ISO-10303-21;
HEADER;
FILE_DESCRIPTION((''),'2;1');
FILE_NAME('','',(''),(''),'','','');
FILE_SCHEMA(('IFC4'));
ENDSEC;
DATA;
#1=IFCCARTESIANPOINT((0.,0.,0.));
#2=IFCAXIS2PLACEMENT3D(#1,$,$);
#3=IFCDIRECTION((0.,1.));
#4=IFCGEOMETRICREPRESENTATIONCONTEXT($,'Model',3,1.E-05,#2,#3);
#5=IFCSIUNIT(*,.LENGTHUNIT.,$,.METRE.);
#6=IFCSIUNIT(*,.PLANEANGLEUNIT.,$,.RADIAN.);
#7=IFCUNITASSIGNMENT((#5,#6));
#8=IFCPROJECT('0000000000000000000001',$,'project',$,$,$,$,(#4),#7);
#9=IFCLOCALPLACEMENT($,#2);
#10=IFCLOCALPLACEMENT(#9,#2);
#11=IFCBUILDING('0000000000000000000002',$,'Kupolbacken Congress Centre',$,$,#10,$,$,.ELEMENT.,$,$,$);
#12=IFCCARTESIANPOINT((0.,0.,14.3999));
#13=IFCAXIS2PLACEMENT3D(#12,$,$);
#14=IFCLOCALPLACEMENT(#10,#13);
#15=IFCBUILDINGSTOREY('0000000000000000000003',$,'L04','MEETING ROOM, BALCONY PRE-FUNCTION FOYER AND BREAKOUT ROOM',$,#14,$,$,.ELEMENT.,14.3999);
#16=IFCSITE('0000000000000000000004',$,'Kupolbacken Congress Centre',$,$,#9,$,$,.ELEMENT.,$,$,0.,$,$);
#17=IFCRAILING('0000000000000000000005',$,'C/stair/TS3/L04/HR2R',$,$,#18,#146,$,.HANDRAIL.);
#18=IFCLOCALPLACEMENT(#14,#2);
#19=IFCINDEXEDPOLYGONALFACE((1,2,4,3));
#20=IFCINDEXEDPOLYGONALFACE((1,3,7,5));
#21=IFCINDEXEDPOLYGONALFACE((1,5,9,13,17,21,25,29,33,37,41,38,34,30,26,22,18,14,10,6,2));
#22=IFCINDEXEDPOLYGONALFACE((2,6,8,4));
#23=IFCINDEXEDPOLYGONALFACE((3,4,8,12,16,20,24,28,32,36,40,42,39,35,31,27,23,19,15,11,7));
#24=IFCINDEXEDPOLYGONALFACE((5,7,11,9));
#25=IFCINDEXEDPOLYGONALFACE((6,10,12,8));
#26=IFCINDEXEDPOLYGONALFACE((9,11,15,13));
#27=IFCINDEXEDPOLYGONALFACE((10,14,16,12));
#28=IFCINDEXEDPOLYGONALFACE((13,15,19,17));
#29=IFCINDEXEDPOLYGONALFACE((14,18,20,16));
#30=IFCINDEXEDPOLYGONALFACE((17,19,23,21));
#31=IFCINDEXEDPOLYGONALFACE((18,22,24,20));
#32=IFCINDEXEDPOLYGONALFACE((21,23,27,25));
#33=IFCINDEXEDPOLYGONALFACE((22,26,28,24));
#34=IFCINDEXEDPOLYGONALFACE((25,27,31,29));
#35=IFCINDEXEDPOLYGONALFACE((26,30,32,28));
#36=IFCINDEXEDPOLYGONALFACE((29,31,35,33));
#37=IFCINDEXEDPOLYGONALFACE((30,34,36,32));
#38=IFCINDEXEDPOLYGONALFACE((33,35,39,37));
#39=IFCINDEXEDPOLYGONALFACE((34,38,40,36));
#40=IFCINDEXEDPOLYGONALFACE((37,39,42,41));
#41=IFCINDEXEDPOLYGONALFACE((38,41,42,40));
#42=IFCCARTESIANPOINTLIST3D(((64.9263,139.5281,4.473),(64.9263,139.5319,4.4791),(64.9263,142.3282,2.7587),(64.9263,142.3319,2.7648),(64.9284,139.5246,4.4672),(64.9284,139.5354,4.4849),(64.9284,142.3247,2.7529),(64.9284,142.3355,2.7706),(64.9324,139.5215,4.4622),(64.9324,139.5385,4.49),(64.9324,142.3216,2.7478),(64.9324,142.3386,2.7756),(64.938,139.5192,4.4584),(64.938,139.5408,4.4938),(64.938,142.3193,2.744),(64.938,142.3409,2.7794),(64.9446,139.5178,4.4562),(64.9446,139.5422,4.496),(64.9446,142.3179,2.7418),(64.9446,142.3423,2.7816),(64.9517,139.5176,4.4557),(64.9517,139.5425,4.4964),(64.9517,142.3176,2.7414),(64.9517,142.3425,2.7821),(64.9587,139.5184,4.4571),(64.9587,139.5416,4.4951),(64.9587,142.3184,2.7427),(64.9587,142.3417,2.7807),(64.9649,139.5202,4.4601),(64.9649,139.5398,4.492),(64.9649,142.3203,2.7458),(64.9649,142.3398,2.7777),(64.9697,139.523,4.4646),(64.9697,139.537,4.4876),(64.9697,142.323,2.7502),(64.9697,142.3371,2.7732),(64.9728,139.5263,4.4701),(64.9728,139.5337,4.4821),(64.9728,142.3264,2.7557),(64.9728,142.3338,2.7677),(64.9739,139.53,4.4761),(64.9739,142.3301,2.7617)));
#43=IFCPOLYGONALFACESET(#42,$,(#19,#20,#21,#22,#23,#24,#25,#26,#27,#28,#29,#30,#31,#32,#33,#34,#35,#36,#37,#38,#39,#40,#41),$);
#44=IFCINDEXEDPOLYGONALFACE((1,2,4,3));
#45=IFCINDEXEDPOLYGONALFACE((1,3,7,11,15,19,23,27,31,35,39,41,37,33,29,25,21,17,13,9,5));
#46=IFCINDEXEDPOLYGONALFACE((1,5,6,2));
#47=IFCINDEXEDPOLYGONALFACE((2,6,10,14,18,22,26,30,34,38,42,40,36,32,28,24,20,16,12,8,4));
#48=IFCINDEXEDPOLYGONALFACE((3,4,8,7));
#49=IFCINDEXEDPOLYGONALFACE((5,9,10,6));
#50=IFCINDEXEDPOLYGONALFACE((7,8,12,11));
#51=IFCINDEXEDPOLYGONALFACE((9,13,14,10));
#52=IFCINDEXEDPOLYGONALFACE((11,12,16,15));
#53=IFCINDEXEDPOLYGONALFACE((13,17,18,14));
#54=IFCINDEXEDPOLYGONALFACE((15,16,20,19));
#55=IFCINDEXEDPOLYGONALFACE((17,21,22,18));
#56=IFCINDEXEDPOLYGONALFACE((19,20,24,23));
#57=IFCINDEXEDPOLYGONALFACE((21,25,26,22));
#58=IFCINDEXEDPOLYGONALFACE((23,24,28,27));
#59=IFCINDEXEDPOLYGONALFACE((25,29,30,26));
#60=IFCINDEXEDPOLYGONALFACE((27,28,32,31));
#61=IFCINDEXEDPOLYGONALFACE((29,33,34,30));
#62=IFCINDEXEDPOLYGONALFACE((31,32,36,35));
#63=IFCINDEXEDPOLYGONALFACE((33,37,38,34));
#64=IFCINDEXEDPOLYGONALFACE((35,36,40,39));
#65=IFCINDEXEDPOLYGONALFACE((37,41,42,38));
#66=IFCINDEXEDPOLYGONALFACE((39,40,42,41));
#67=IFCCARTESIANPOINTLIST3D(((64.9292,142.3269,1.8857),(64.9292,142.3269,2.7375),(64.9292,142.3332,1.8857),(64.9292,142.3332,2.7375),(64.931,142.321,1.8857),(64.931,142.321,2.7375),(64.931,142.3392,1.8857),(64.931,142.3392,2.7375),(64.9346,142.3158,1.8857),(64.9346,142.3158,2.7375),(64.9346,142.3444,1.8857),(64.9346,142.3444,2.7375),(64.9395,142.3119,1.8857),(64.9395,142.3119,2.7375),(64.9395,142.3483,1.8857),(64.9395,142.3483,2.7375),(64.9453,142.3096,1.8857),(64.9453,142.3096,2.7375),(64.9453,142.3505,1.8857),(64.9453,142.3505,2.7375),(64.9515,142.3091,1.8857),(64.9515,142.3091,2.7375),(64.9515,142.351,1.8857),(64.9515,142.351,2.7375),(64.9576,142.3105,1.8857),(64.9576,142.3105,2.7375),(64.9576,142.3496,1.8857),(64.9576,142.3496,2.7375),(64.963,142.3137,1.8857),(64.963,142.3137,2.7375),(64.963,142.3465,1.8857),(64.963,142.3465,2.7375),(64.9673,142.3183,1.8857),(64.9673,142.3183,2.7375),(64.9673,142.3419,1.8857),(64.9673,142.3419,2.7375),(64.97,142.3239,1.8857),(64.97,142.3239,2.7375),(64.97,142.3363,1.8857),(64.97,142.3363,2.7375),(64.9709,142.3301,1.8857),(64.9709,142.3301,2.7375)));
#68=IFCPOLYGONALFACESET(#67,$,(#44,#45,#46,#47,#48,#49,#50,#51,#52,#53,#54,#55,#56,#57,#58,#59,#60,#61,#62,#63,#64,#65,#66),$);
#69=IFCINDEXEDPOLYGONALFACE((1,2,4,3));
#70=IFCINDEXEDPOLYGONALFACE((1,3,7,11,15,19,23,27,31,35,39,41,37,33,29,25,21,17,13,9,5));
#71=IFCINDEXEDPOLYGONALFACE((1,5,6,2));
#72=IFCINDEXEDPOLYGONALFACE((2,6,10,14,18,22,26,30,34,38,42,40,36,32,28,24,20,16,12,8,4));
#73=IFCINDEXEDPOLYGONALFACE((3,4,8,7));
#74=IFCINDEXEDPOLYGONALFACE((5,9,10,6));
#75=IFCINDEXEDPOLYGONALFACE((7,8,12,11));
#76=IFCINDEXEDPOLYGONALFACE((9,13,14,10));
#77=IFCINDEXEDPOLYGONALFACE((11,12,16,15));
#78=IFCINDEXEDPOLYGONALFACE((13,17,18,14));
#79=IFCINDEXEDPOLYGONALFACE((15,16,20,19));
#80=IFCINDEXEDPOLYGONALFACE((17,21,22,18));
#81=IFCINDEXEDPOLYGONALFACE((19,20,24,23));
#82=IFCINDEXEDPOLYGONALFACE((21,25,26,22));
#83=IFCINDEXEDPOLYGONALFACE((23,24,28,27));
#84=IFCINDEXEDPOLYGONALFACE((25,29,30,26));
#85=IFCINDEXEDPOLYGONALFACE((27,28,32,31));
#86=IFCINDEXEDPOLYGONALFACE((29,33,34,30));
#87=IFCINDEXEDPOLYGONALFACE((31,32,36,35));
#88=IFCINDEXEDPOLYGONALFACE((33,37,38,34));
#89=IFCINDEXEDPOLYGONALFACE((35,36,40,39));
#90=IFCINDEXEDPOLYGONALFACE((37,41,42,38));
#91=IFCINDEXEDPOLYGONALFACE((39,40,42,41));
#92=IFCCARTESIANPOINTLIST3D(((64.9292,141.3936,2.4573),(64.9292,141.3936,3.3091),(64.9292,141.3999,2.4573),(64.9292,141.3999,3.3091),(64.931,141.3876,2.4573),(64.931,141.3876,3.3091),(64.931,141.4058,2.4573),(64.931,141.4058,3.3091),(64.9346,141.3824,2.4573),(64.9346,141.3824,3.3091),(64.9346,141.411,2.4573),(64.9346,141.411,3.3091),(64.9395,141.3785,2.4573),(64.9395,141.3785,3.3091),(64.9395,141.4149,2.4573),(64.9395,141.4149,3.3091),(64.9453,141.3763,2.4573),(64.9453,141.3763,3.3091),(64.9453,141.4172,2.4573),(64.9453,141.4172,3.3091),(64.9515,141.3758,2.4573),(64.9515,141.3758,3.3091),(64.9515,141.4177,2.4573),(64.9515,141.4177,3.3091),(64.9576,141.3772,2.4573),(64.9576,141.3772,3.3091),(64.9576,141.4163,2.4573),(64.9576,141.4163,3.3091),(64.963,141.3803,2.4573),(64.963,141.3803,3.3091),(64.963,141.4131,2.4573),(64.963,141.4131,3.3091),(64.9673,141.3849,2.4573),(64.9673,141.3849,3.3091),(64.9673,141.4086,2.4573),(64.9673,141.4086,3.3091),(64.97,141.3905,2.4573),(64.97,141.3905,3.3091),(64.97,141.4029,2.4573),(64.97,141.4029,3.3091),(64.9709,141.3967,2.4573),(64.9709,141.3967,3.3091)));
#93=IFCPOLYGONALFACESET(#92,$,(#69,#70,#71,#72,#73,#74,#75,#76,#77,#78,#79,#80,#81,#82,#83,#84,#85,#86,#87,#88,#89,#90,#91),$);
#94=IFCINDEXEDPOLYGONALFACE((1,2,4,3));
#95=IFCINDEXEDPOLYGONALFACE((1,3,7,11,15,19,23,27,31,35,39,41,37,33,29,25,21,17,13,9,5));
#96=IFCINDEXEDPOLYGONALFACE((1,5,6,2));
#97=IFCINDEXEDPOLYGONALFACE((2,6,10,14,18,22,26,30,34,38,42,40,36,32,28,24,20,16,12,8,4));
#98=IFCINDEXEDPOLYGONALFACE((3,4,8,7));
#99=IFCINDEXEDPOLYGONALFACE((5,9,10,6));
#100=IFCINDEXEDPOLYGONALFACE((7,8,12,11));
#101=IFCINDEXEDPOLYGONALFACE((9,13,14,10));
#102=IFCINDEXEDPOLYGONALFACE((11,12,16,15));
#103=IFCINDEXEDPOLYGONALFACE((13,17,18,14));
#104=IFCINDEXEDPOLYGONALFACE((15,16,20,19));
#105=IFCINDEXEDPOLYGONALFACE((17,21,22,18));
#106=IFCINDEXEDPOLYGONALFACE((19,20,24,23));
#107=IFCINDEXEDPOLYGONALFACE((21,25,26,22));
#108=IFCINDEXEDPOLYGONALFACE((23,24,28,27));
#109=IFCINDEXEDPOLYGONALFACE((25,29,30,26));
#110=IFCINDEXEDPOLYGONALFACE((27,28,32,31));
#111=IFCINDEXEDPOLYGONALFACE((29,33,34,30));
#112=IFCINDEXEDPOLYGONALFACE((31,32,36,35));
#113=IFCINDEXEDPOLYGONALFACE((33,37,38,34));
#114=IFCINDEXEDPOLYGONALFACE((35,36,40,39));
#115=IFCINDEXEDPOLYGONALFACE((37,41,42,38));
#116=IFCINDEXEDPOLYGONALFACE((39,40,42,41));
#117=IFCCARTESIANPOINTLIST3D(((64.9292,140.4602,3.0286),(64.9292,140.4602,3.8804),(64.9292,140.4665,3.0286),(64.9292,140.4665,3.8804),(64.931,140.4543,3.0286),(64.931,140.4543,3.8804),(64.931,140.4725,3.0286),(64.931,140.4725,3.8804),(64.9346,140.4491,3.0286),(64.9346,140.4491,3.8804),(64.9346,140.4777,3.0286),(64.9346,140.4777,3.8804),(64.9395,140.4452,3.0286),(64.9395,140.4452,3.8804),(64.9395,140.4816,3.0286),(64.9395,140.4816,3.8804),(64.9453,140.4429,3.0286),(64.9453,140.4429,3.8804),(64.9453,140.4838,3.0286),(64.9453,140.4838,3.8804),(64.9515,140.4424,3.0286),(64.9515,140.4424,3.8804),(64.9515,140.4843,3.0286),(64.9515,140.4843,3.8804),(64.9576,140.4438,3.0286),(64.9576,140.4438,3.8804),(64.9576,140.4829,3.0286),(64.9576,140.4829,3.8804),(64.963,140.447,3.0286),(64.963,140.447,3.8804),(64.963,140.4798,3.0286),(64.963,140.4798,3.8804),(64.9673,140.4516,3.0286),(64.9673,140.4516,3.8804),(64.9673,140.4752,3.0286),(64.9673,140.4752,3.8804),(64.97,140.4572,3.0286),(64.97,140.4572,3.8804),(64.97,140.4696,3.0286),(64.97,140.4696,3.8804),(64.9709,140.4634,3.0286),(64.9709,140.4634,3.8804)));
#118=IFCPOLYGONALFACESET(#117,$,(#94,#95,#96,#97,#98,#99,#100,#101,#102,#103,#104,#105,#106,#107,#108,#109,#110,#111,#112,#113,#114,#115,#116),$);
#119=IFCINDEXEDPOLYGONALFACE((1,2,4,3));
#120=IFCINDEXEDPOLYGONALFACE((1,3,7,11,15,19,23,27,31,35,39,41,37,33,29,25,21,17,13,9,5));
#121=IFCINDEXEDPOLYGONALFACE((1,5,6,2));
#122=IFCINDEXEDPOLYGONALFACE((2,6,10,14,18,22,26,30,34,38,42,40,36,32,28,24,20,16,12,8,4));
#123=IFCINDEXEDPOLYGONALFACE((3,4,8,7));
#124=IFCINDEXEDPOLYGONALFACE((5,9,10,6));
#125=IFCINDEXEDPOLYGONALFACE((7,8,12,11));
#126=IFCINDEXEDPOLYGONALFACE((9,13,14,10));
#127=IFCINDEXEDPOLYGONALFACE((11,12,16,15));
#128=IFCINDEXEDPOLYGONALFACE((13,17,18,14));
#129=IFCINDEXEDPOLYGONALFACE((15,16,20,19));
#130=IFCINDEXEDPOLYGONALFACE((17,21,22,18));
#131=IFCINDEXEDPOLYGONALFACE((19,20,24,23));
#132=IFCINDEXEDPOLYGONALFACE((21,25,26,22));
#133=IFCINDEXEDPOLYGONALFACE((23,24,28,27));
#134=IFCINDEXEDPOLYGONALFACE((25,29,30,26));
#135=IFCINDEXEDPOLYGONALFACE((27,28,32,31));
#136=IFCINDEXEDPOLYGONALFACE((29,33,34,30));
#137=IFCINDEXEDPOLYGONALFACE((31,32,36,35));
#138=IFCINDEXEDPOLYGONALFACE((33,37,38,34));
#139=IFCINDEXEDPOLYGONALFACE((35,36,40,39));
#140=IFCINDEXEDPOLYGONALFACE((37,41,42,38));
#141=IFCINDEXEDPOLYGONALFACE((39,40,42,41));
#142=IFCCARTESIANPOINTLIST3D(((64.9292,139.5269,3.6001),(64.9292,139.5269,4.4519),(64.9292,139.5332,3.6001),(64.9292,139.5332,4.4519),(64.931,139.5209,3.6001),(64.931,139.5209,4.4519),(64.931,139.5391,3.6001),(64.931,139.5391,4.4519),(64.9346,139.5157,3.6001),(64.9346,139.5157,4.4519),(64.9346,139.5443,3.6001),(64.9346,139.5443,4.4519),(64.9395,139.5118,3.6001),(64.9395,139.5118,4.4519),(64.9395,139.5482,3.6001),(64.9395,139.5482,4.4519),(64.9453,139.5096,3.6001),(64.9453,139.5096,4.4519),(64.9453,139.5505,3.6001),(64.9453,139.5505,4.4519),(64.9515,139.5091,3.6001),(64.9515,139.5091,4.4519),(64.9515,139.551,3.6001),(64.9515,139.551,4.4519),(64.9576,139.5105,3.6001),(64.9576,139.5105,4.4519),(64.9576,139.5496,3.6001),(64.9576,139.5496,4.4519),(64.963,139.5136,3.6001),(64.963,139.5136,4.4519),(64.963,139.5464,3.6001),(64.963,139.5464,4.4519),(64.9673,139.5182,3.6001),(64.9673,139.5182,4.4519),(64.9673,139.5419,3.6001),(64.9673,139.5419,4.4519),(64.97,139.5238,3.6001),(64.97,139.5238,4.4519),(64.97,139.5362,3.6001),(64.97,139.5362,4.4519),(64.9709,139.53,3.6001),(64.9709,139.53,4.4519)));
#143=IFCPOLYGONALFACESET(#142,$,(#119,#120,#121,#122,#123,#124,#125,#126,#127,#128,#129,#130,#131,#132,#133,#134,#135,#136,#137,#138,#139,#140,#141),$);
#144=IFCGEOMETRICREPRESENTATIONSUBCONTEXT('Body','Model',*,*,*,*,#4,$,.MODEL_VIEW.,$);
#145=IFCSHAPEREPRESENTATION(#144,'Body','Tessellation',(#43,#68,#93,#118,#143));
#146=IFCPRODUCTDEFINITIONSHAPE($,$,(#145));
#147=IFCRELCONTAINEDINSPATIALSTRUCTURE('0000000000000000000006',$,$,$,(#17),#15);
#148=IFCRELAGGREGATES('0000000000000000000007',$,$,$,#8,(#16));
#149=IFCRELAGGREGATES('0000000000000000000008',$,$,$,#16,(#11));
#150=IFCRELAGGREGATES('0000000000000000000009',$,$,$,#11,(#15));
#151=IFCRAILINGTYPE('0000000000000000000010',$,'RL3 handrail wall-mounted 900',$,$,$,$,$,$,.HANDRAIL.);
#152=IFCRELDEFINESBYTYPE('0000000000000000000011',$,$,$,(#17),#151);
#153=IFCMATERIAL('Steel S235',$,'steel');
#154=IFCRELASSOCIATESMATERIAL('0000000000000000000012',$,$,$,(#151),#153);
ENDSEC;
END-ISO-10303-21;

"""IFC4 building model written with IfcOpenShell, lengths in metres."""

from ifc_helpers import new_model, si_unit, direction, frame, origin, origin_2d, place, context, subcontext, project, spatial, circle, extrude, material, type_object, element, save


model = new_model("IFC4")

# Units and contexts
model_context = context("Model", 3, precision=1e-05, world=origin(), true_north=direction((0.0, 1.0)))
body_context = subcontext(model_context, "Body", "Model", "MODEL_VIEW")
ifc_project = project(units=[si_unit("LENGTHUNIT", "METRE"), si_unit("PLANEANGLEUNIT", "RADIAN")], contexts=[model_context])

# Site, building, storey
site_placement = place(None, origin())
site = spatial("IfcSite", under=ifc_project, at=site_placement, Name="Kupolbacken Congress Centre", CompositionType="ELEMENT", RefElevation=0.0)
building_placement = place(site_placement, origin())
building = spatial("IfcBuilding", under=site, at=building_placement, Name="Kupolbacken Congress Centre", CompositionType="ELEMENT")
storey_placement = place(building_placement, frame((0.0, 0.0, 14.3999)))
storey = spatial("IfcBuildingStorey", under=building, at=storey_placement, Name="L04", Description="MEETING ROOM, BALCONY PRE-FUNCTION FOYER AND BREAKOUT ROOM", CompositionType="ELEMENT", Elevation=14.3999)

# Railing
ifc_material_1 = material(Name="Steel S235", Category="steel")
railing_type = type_object("IfcRailingType", Name="RL3 handrail wall-mounted 900", PredefinedType="HANDRAIL", material=ifc_material_1)
for number, where, name in (
    (1, (64.95, 142.3301, 1.8857), "C/stair/TS3/L04/HR2R"),
):
    element("IfcRailing", number, at=place(storey_placement, frame(where)), inside=storey, type_object=railing_type, Name=name, PredefinedType="HANDRAIL", context=body_context, shape_type="SweptSolid", body=[
        extrude(circle(Radius=0.0239, at=origin_2d()), frame((0.0, 0.0, 0.876), z_axis=(0.0, -0.852846, 0.522163), x_axis=(1.0, 0.0, 0.0)), (0.0, 0.0, 1.0), 3.2832),
        extrude(circle(Radius=0.021, at=origin_2d()), origin(), (0.0, 0.0, 1.0), 0.8518),
        extrude(circle(Radius=0.021, at=origin_2d()), frame((0.0, -0.9333, 0.5715)), (0.0, 0.0, 1.0), 0.8518),
        extrude(circle(Radius=0.021, at=origin_2d()), frame((0.0, -1.8667, 1.1428)), (0.0, 0.0, 1.0), 0.8518),
        extrude(circle(Radius=0.021, at=origin_2d()), frame((0.0, -2.8, 1.7144)), (0.0, 0.0, 1.0), 0.8518),
    ])

save(model, "model.ifc")
